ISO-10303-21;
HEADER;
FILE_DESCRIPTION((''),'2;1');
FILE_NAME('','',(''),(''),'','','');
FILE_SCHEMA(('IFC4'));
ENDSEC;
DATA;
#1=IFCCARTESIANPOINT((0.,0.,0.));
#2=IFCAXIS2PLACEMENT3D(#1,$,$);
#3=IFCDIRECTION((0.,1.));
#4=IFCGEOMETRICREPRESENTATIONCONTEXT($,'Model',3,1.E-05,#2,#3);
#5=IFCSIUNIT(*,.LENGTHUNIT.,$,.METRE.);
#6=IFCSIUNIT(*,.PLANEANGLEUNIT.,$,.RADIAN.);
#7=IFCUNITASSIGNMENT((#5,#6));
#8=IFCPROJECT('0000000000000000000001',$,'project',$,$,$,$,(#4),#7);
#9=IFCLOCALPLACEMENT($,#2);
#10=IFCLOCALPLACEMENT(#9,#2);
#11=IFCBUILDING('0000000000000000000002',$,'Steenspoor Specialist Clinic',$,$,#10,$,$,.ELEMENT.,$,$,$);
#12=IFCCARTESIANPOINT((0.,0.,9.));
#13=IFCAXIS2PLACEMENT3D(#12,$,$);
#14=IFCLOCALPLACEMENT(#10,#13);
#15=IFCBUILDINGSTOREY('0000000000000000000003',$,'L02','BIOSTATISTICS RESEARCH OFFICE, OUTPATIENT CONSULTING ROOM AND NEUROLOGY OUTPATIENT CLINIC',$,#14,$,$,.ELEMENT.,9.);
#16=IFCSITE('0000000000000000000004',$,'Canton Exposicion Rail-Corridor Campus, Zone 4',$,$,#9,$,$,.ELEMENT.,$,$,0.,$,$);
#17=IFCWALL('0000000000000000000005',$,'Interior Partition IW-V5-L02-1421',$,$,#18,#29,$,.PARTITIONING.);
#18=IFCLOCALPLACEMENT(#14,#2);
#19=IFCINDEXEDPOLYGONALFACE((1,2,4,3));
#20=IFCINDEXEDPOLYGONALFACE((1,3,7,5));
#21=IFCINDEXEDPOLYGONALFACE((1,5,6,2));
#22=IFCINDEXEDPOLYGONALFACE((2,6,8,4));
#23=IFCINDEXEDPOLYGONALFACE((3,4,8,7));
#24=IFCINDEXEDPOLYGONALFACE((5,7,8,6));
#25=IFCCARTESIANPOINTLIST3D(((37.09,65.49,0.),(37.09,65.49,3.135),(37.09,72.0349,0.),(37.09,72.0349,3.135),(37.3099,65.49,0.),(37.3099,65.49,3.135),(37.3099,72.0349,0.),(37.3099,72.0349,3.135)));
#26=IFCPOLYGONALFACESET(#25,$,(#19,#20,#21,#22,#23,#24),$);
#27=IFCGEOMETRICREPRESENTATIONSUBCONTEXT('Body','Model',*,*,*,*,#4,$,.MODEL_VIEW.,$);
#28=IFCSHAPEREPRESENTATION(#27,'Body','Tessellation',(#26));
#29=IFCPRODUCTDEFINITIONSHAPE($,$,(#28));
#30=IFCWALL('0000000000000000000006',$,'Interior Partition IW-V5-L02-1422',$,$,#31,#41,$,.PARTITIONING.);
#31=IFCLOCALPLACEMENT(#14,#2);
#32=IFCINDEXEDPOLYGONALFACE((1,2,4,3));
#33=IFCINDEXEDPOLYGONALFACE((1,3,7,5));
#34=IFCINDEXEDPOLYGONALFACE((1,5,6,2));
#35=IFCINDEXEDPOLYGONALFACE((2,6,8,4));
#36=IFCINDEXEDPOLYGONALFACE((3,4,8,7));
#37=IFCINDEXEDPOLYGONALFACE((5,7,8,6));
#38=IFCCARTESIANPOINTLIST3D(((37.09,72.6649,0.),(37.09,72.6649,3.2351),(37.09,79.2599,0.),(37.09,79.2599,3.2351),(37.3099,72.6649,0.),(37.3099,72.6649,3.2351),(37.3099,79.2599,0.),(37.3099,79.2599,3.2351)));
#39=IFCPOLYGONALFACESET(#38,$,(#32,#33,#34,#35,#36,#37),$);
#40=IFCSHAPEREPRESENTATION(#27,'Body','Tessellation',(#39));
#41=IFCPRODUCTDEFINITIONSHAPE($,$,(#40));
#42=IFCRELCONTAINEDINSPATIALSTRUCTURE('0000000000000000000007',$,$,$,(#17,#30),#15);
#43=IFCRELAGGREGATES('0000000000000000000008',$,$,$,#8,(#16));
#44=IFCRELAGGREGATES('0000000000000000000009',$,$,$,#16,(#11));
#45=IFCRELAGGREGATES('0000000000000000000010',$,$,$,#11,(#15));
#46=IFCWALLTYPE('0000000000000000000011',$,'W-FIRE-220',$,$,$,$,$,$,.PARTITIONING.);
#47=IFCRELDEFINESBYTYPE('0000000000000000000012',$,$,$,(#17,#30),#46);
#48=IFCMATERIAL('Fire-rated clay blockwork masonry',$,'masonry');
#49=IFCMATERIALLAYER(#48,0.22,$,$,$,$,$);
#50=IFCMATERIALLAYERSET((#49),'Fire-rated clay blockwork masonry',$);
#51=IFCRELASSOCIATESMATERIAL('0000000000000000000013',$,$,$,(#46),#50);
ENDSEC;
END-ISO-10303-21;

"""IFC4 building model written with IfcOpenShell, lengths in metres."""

from ifc_helpers import new_model, si_unit, direction, frame, frame_2d, origin, place, context, subcontext, project, spatial, rectangle, extrude, material, layer, layer_set, type_object, element, save


model = new_model("IFC4")

# Units and contexts
model_context = context("Model", 3, precision=1e-05, world=origin(), true_north=direction((0.0, 1.0)))
body_context = subcontext(model_context, "Body", "Model", "MODEL_VIEW")
ifc_project = project(units=[si_unit("LENGTHUNIT", "METRE"), si_unit("PLANEANGLEUNIT", "RADIAN")], contexts=[model_context])

# Site, building, storey
site_placement = place(None, origin())
site = spatial("IfcSite", under=ifc_project, at=site_placement, Name="Canton Exposicion Rail-Corridor Campus, Zone 4", CompositionType="ELEMENT", RefElevation=0.0)
building_placement = place(site_placement, origin())
building = spatial("IfcBuilding", under=site, at=building_placement, Name="Steenspoor Specialist Clinic", CompositionType="ELEMENT")
storey_placement = place(building_placement, frame((0.0, 0.0, 9.0)))
storey = spatial("IfcBuildingStorey", under=building, at=storey_placement, Name="L02", Description="BIOSTATISTICS RESEARCH OFFICE, OUTPATIENT CONSULTING ROOM AND NEUROLOGY OUTPATIENT CLINIC", CompositionType="ELEMENT", Elevation=9.0)

# Walls
ifc_material_1 = material(Name="Fire-rated clay blockwork masonry", Category="masonry")
ifc_layer_1 = layer(ifc_material_1, 0.22)
ifc_layer_set_1 = layer_set([ifc_layer_1], Name="Fire-rated clay blockwork masonry")
wall_type_1 = type_object("IfcWallType", Name="W-FIRE-220", PredefinedType="PARTITIONING", material=ifc_layer_set_1)
wall_1_placement = place(storey_placement, frame((37.2, 65.49, 0.0), z_axis=(0.0, 0.0, 1.0), x_axis=(0.0, 1.0, 0.0)))
element("IfcWall", 1, at=wall_1_placement, inside=storey, type_object=wall_type_1, Name="Interior Partition IW-V5-L02-1421", PredefinedType="PARTITIONING", context=body_context, shape_type="SweptSolid", body=[
    extrude(rectangle(XDim=6.5449, YDim=0.22, at=frame_2d((3.2725, 0.0))), origin(), (0.0, 0.0, 1.0), 3.135),
])
wall_2_placement = place(storey_placement, frame((37.2, 72.665, 0.0), z_axis=(0.0, 0.0, 1.0), x_axis=(0.0, 1.0, 0.0)))
element("IfcWall", 2, at=wall_2_placement, inside=storey, type_object=wall_type_1, Name="Interior Partition IW-V5-L02-1422", PredefinedType="PARTITIONING", context=body_context, shape_type="SweptSolid", body=[
    extrude(rectangle(XDim=6.595, YDim=0.22, at=frame_2d((3.2974, 0.0))), origin(), (0.0, 0.0, 1.0), 3.2351),
])

save(model, "model.ifc")
